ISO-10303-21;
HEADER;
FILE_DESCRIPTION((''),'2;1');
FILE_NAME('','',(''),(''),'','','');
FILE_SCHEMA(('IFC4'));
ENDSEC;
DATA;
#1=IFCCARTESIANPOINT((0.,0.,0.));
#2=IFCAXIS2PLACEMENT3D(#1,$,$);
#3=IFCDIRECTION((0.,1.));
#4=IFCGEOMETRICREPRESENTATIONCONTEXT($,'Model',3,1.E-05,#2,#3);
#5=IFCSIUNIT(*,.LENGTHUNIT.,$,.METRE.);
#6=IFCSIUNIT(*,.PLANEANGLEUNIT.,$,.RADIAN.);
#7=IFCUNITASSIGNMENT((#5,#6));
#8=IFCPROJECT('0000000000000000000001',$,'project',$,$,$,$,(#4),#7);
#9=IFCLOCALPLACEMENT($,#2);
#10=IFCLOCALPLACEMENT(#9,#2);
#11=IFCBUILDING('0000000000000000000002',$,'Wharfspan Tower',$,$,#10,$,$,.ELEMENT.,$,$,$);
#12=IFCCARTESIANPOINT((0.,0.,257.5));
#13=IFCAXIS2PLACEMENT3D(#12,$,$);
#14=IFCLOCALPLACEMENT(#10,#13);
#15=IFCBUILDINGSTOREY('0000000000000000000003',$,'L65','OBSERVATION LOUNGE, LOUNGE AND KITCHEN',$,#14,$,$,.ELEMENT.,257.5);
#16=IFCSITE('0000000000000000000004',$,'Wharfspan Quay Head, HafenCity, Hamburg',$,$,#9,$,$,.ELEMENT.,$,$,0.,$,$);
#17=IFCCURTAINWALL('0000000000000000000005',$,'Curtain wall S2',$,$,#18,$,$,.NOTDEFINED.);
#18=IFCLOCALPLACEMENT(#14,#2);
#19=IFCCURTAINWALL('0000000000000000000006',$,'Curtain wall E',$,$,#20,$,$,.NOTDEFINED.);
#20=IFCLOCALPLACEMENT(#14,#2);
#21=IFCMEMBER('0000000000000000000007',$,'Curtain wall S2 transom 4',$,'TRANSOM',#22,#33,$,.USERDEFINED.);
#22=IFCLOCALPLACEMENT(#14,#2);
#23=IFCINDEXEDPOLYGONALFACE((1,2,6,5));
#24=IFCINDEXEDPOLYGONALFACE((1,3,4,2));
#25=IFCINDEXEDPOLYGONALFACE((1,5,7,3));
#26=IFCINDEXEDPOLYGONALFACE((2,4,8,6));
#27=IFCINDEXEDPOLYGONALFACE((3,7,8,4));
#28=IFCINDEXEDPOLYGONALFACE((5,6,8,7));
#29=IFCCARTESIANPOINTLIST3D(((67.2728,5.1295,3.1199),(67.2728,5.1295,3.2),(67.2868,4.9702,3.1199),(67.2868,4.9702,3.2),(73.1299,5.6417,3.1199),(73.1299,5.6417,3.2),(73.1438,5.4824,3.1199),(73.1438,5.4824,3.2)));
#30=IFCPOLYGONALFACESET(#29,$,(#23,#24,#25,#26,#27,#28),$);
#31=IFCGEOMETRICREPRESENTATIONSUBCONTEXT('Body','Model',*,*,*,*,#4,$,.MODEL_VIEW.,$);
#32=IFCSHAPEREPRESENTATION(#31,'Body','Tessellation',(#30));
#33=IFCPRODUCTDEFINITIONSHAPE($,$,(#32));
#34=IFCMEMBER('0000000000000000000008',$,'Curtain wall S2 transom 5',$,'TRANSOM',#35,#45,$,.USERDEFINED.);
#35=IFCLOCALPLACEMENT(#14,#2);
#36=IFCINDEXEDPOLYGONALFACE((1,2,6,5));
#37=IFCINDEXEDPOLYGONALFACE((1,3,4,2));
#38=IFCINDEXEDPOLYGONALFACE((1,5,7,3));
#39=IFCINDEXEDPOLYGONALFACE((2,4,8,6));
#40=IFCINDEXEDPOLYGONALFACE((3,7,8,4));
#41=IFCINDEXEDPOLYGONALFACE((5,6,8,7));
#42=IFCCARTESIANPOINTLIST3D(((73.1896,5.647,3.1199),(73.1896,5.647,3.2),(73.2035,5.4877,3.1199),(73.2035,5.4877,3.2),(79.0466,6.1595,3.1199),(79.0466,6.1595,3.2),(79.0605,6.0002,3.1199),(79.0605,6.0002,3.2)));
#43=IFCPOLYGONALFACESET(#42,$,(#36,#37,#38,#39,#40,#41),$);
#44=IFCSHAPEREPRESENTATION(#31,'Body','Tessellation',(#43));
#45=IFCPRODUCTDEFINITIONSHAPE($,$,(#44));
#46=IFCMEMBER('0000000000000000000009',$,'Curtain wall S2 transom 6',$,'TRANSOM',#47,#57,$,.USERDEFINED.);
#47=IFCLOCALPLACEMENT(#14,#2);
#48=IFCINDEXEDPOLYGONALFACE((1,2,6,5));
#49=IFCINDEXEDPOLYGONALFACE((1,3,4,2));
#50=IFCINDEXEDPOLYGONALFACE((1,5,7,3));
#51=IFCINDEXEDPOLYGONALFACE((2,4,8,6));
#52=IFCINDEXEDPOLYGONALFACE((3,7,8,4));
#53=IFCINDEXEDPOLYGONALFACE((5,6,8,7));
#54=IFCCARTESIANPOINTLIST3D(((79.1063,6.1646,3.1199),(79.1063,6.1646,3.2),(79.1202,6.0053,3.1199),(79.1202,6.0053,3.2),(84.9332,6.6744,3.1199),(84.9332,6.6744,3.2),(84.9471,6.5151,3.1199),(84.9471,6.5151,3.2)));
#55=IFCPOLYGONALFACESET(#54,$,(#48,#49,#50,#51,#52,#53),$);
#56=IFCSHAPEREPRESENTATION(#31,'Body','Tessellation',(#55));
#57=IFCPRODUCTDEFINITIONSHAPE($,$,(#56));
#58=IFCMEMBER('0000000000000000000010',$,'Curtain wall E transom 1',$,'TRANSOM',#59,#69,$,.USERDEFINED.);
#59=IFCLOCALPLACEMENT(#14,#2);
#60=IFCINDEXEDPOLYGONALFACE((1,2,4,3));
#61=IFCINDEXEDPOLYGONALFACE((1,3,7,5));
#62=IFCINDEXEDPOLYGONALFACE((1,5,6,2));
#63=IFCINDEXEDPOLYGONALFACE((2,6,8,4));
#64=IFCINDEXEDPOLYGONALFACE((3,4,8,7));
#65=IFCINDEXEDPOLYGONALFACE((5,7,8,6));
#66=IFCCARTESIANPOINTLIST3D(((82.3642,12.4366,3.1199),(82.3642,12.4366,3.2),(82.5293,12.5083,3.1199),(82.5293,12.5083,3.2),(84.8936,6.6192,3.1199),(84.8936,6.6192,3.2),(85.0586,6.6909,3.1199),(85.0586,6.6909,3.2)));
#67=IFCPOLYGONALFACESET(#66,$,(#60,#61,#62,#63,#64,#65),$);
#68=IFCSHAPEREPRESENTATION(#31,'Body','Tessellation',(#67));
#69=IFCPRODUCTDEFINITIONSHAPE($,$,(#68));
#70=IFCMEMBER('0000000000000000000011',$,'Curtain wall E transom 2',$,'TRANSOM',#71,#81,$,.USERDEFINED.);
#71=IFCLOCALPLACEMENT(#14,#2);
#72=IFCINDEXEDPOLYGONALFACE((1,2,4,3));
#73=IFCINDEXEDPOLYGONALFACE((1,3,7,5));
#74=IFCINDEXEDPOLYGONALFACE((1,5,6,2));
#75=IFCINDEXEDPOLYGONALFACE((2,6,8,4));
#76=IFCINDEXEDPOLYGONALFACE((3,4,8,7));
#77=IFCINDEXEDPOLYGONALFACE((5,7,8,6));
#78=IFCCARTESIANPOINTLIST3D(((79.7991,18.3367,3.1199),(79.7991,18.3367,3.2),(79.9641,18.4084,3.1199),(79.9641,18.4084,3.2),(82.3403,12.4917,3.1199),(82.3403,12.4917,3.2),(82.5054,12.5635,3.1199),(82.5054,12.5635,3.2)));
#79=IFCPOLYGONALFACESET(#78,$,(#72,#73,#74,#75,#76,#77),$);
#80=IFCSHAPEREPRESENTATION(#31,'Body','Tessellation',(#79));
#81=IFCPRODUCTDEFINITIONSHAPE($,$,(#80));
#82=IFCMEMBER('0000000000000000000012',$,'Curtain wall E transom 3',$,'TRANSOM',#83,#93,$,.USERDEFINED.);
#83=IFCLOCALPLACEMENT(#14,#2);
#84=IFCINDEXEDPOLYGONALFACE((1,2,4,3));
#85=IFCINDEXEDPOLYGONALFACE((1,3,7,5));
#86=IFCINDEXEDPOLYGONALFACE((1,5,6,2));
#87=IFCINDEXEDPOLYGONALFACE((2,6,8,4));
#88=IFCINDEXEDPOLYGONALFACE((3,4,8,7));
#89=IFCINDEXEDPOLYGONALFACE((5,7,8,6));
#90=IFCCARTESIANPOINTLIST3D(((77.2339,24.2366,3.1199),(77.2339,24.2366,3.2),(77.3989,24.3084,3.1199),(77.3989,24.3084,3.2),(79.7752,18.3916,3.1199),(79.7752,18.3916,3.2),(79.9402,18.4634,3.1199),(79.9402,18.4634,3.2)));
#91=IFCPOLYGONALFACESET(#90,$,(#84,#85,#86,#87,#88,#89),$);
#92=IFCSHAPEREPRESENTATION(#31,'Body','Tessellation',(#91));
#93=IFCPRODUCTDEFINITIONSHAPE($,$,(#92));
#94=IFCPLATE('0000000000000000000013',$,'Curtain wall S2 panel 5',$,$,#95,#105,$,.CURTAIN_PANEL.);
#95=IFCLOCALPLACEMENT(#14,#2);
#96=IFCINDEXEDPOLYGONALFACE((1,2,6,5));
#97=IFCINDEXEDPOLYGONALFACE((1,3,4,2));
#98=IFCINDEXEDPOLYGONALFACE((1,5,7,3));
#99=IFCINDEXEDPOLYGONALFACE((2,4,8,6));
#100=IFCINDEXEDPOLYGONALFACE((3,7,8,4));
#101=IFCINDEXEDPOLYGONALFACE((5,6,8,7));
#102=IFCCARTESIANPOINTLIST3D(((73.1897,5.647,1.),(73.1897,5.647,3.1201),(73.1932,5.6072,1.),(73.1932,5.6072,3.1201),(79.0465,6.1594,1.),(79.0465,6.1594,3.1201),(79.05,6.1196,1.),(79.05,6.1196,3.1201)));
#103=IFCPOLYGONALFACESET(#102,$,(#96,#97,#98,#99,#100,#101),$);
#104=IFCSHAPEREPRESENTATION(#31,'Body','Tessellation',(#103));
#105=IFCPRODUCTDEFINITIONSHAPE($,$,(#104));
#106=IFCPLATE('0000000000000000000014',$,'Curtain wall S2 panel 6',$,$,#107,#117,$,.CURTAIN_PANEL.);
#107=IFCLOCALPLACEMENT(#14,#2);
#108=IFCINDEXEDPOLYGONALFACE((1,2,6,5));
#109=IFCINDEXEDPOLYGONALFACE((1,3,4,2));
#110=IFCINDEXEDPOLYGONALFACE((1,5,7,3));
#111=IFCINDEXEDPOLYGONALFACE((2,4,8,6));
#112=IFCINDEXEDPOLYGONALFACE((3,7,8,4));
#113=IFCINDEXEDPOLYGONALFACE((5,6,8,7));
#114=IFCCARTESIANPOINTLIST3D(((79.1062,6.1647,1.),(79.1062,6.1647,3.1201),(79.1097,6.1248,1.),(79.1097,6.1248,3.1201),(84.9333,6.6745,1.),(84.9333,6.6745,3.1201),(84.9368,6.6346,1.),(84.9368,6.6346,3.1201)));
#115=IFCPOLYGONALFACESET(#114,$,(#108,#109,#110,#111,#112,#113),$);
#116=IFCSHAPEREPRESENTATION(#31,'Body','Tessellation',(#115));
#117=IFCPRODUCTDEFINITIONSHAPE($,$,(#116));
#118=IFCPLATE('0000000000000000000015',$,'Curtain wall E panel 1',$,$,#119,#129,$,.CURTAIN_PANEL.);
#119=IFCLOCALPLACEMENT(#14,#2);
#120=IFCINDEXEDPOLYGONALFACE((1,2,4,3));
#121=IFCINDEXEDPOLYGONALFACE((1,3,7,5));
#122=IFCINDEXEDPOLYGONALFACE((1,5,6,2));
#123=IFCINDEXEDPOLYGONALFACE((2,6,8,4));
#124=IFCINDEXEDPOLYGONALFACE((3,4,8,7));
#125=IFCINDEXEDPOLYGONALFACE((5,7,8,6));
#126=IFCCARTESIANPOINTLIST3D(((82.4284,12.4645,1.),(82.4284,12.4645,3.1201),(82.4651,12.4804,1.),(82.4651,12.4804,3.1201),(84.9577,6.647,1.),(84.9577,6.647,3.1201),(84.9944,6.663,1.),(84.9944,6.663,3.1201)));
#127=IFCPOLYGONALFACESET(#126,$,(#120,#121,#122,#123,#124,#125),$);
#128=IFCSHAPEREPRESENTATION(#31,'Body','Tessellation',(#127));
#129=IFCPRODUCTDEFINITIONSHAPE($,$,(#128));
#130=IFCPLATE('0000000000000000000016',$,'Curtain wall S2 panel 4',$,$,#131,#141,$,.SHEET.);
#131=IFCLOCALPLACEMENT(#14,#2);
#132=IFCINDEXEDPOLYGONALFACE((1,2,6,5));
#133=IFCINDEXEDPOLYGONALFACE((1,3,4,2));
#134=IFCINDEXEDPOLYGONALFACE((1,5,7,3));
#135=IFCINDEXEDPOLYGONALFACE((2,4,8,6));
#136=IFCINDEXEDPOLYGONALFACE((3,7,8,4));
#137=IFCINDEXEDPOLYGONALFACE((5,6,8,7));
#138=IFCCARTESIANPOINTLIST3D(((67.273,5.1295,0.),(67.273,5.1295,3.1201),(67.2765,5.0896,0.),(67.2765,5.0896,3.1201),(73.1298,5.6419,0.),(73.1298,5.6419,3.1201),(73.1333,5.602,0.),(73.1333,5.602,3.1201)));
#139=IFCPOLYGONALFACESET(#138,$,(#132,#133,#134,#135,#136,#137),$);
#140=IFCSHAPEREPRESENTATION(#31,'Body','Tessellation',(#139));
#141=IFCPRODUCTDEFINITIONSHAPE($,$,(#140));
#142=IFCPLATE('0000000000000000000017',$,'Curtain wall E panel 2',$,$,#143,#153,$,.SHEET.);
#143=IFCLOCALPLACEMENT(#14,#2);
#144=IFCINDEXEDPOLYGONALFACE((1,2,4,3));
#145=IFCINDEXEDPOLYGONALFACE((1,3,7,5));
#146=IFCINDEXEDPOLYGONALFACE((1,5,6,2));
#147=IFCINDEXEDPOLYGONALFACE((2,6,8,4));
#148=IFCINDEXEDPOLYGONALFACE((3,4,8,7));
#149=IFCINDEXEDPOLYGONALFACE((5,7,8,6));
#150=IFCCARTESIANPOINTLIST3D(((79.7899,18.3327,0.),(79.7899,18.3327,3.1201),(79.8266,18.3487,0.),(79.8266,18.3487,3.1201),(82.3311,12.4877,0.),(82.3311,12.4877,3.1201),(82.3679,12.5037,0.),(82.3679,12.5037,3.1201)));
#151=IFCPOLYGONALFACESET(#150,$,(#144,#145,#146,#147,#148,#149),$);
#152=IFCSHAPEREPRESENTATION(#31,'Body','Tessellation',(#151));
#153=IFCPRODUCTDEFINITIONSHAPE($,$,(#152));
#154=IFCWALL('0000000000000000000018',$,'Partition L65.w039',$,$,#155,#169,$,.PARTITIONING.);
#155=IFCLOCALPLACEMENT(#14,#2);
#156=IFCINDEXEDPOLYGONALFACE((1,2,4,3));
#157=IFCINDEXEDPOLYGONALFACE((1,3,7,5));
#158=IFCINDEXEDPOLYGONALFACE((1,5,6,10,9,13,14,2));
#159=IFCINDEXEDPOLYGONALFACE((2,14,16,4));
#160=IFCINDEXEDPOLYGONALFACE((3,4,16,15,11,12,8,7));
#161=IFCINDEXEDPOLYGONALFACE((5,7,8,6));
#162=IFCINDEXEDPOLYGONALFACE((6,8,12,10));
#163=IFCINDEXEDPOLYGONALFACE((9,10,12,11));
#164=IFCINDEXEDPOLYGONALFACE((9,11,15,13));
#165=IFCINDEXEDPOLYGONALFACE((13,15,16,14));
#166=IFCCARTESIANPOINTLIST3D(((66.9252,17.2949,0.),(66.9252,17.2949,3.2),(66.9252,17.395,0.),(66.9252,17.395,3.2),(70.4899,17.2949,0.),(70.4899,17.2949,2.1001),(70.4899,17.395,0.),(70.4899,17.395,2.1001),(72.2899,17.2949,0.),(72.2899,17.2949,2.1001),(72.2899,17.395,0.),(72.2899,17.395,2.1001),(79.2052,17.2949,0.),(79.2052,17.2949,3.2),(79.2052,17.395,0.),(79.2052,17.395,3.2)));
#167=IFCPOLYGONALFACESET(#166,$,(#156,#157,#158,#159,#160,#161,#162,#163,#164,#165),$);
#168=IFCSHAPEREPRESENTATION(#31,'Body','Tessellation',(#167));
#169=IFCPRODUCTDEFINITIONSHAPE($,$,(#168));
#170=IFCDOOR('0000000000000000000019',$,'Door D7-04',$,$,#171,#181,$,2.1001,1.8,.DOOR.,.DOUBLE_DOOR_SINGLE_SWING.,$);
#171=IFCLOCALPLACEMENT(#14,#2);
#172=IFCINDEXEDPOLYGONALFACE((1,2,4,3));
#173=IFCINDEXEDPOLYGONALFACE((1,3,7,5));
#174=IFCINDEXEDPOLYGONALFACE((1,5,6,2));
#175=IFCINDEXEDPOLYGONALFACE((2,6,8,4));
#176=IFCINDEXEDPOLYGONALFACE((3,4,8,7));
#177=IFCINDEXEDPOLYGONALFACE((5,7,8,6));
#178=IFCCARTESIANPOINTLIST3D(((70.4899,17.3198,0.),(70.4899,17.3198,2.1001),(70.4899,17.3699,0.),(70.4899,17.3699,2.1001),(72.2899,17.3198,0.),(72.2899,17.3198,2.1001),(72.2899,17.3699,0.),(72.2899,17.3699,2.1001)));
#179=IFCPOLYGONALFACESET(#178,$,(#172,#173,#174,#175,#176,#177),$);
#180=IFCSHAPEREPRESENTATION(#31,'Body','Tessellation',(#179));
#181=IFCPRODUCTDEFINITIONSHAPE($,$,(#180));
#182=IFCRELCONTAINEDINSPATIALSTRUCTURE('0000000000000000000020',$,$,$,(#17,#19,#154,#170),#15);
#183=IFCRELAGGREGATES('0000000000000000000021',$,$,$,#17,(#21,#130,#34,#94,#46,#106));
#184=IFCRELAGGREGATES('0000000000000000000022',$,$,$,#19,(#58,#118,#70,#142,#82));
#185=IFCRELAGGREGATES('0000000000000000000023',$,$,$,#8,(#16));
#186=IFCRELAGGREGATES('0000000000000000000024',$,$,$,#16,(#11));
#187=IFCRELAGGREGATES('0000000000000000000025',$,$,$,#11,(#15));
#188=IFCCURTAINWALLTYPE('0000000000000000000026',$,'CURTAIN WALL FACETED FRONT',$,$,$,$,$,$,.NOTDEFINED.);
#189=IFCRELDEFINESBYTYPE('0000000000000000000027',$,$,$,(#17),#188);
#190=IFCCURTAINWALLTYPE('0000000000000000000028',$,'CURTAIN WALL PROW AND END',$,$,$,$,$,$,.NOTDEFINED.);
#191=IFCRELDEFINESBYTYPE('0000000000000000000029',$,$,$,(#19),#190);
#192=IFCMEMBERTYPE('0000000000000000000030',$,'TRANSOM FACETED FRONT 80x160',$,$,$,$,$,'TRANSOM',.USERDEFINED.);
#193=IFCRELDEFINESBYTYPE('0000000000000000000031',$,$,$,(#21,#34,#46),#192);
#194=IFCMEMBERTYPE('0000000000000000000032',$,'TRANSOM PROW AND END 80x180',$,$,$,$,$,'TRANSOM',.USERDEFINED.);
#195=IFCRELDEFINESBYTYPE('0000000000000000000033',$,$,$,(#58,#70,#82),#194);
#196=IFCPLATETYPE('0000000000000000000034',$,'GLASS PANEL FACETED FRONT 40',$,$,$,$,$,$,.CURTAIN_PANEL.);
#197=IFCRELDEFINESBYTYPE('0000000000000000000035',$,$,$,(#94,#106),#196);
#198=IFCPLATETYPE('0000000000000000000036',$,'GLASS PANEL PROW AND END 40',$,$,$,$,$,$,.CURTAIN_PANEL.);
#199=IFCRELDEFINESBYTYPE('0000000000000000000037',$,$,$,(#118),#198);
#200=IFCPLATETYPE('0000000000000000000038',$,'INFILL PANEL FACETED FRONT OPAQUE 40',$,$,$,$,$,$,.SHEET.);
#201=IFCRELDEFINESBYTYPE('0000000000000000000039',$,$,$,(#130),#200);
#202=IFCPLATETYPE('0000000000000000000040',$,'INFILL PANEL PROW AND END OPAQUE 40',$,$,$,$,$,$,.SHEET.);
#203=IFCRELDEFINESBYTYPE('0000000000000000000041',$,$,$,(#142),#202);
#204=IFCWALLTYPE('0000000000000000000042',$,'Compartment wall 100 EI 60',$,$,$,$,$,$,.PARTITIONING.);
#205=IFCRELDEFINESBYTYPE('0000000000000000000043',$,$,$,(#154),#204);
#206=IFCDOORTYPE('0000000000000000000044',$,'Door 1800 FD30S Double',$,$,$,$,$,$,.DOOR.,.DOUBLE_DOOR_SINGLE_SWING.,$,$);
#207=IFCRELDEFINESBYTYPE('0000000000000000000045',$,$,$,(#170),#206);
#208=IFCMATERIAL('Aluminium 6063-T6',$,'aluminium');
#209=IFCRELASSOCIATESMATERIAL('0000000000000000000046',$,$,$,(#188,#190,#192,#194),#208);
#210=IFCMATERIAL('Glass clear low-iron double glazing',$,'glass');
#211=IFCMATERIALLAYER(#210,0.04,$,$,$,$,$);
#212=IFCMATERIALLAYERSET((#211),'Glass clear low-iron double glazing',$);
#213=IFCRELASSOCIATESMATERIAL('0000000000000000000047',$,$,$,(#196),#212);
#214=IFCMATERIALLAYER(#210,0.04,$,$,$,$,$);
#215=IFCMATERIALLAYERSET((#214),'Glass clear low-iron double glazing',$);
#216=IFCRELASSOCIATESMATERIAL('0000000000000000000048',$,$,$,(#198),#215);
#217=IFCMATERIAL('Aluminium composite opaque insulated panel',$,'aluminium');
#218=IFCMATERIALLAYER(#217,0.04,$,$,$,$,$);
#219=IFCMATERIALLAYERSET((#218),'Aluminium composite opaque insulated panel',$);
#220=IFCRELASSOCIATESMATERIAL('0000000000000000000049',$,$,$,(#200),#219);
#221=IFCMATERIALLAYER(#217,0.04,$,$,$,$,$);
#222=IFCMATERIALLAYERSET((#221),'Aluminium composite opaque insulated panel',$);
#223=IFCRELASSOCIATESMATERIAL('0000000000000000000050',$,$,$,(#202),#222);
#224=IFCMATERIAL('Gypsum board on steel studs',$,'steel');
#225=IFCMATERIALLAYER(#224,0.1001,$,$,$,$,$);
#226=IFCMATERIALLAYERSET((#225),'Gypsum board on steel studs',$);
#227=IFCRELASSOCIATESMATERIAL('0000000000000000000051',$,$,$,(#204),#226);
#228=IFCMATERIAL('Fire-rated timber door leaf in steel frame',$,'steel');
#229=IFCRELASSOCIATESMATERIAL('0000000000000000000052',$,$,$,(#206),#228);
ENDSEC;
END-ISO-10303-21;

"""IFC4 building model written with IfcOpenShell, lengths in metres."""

from ifc_helpers import new_model, si_unit, direction, frame, frame_2d, origin, origin_2d, place, context, subcontext, project, spatial, rectangle, extrude, material, layer, layer_set, material_profile, profile_set, type_object, element, fill, aggregate, save


model = new_model("IFC4")

# Units and contexts
model_context = context("Model", 3, precision=1e-05, world=origin(), true_north=direction((0.0, 1.0)))
body_context = subcontext(model_context, "Body", "Model", "MODEL_VIEW")
ifc_project = project(units=[si_unit("LENGTHUNIT", "METRE"), si_unit("PLANEANGLEUNIT", "RADIAN")], contexts=[model_context])

# Site, building, storey
site_placement = place(None, origin())
site = spatial("IfcSite", under=ifc_project, at=site_placement, Name="Wharfspan Quay Head, HafenCity, Hamburg", CompositionType="ELEMENT", RefElevation=0.0)
building_placement = place(site_placement, origin())
building = spatial("IfcBuilding", under=site, at=building_placement, Name="Wharfspan Tower", CompositionType="ELEMENT")
storey_placement = place(building_placement, frame((0.0, 0.0, 257.5)))
storey = spatial("IfcBuildingStorey", under=building, at=storey_placement, Name="L65", Description="OBSERVATION LOUNGE, LOUNGE AND KITCHEN", CompositionType="ELEMENT", Elevation=257.5)

# Curtain walls
ifc_material_1 = material(Name="Aluminium 6063-T6", Category="aluminium")
curtain_wall_type_1 = type_object("IfcCurtainWallType", Name="CURTAIN WALL FACETED FRONT", PredefinedType="NOTDEFINED", material=ifc_material_1)
curtain_wall_1_placement = place(storey_placement, origin())
curtain_wall_1 = element("IfcCurtainWall", 1, at=curtain_wall_1_placement, inside=storey, type_object=curtain_wall_type_1, Name="Curtain wall S2", PredefinedType="NOTDEFINED")
curtain_wall_type_2 = type_object("IfcCurtainWallType", Name="CURTAIN WALL PROW AND END", PredefinedType="NOTDEFINED", material=ifc_material_1)
curtain_wall_2_placement = place(storey_placement, origin())
curtain_wall_2 = element("IfcCurtainWall", 2, at=curtain_wall_2_placement, inside=storey, type_object=curtain_wall_type_2, Name="Curtain wall E", PredefinedType="NOTDEFINED")

# Members
ifc_material_profile_1 = material_profile(ifc_material_1, rectangle(XDim=0.1599, YDim=0.0801, at=origin_2d()))
ifc_profile_set_1 = profile_set([ifc_material_profile_1], Name="Aluminium 6063-T6")
member_type_1 = type_object("IfcMemberType", Name="TRANSOM FACETED FRONT 80x160", ElementType="TRANSOM", PredefinedType="USERDEFINED", material=ifc_profile_set_1)
member_1_placement = place(storey_placement, frame((67.2798, 5.0498, 3.1599), z_axis=(0.996198, 0.087121, 0.0), x_axis=(-0.087121, 0.996198, 0.0)))
member_1 = element("IfcMember", 3, at=member_1_placement, type_object=member_type_1, Name="Curtain wall S2 transom 4", ObjectType="TRANSOM", PredefinedType="USERDEFINED", context=body_context, shape_type="SweptSolid", body=[
    extrude(rectangle(XDim=0.1599, YDim=0.0801, at=origin_2d()), origin(), (0.0, 0.0, 1.0), 5.8794),
])
member_2_placement = place(storey_placement, frame((73.1965, 5.5674, 3.1599), z_axis=(0.996194, 0.087162, 0.0), x_axis=(-0.087162, 0.996194, 0.0)))
member_2 = element("IfcMember", 4, at=member_2_placement, type_object=member_type_1, Name="Curtain wall S2 transom 5", ObjectType="TRANSOM", PredefinedType="USERDEFINED", context=body_context, shape_type="SweptSolid", body=[
    extrude(rectangle(XDim=0.1599, YDim=0.0801, at=origin_2d()), origin(), (0.0, 0.0, 1.0), 5.8794),
])
member_3_placement = place(storey_placement, frame((79.1133, 6.085, 3.1599), z_axis=(0.996195, 0.087152, 0.0), x_axis=(-0.087152, 0.996195, 0.0)))
member_3 = element("IfcMember", 5, at=member_3_placement, type_object=member_type_1, Name="Curtain wall S2 transom 6", ObjectType="TRANSOM", PredefinedType="USERDEFINED", context=body_context, shape_type="SweptSolid", body=[
    extrude(rectangle(XDim=0.1599, YDim=0.0801, at=origin_2d()), origin(), (0.0, 0.0, 1.0), 5.8491),
])
ifc_material_profile_2 = material_profile(ifc_material_1, rectangle(XDim=0.1799, YDim=0.0801, at=origin_2d()))
ifc_profile_set_2 = profile_set([ifc_material_profile_2], Name="Aluminium 6063-T6")
member_type_2 = type_object("IfcMemberType", Name="TRANSOM PROW AND END 80x180", ElementType="TRANSOM", PredefinedType="USERDEFINED", material=ifc_profile_set_2)
member_4_placement = place(storey_placement, frame((84.9761, 6.655, 3.1599), z_axis=(-0.398726, 0.91707, 0.0), x_axis=(-0.91707, -0.398726, 0.0)))
member_4 = element("IfcMember", 6, at=member_4_placement, type_object=member_type_2, Name="Curtain wall E transom 1", ObjectType="TRANSOM", PredefinedType="USERDEFINED", context=body_context, shape_type="SweptSolid", body=[
    extrude(rectangle(XDim=0.1799, YDim=0.0801, at=origin_2d()), origin(), (0.0, 0.0, 1.0), 6.3435),
])
member_5_placement = place(storey_placement, frame((82.4229, 12.5276, 3.1599), z_axis=(-0.398722, 0.917072, 0.0), x_axis=(-0.917072, -0.398722, 0.0)))
member_5 = element("IfcMember", 7, at=member_5_placement, type_object=member_type_2, Name="Curtain wall E transom 2", ObjectType="TRANSOM", PredefinedType="USERDEFINED", context=body_context, shape_type="SweptSolid", body=[
    extrude(rectangle(XDim=0.1799, YDim=0.0801, at=origin_2d()), origin(), (0.0, 0.0, 1.0), 6.3735),
])
member_6_placement = place(storey_placement, frame((79.8577, 18.4275, 3.1599), z_axis=(-0.398722, 0.917072, 0.0), x_axis=(-0.917072, -0.398722, 0.0)))
member_6 = element("IfcMember", 8, at=member_6_placement, type_object=member_type_2, Name="Curtain wall E transom 3", ObjectType="TRANSOM", PredefinedType="USERDEFINED", context=body_context, shape_type="SweptSolid", body=[
    extrude(rectangle(XDim=0.1799, YDim=0.0801, at=origin_2d()), origin(), (0.0, 0.0, 1.0), 6.3735),
])

# Plates
ifc_material_2 = material(Name="Glass clear low-iron double glazing", Category="glass")
ifc_layer_1 = layer(ifc_material_2, 0.04)
ifc_layer_set_1 = layer_set([ifc_layer_1], Name="Glass clear low-iron double glazing")
plate_type_1 = type_object("IfcPlateType", Name="GLASS PANEL FACETED FRONT 40", PredefinedType="CURTAIN_PANEL", material=ifc_layer_set_1)
plate_1_placement = place(storey_placement, frame((76.1199, 5.8833, 1.0), z_axis=(0.0, 0.0, 1.0), x_axis=(0.996197, 0.087156, 0.0)))
plate_1 = element("IfcPlate", 9, at=plate_1_placement, type_object=plate_type_1, Name="Curtain wall S2 panel 5", PredefinedType="CURTAIN_PANEL", context=body_context, shape_type="SweptSolid", body=[
    extrude(rectangle(XDim=5.8792, YDim=0.04, at=origin_2d()), origin(), (0.0, 0.0, 1.0), 2.1201),
])
plate_2_placement = place(storey_placement, frame((82.0215, 6.3997, 1.0), z_axis=(0.0, 0.0, 1.0), x_axis=(0.996197, 0.087156, 0.0)))
plate_2 = element("IfcPlate", 10, at=plate_2_placement, type_object=plate_type_1, Name="Curtain wall S2 panel 6", PredefinedType="CURTAIN_PANEL", context=body_context, shape_type="SweptSolid", body=[
    extrude(rectangle(XDim=5.8494, YDim=0.04, at=origin_2d()), origin(), (0.0, 0.0, 1.0), 2.1201),
])
ifc_layer_2 = layer(ifc_material_2, 0.04)
ifc_layer_set_2 = layer_set([ifc_layer_2], Name="Glass clear low-iron double glazing")
plate_type_2 = type_object("IfcPlateType", Name="GLASS PANEL PROW AND END 40", PredefinedType="CURTAIN_PANEL", material=ifc_layer_set_2)
plate_3_placement = place(storey_placement, frame((83.7114, 9.5637, 1.0), z_axis=(0.0, 0.0, 1.0), x_axis=(-0.398727, 0.917072, 0.0)))
plate_3 = element("IfcPlate", 11, at=plate_3_placement, type_object=plate_type_2, Name="Curtain wall E panel 1", PredefinedType="CURTAIN_PANEL", context=body_context, shape_type="SweptSolid", body=[
    extrude(rectangle(XDim=6.3435, YDim=0.04, at=origin_2d()), origin(), (0.0, 0.0, 1.0), 2.1201),
])
ifc_material_3 = material(Name="Aluminium composite opaque insulated panel", Category="aluminium")
ifc_layer_3 = layer(ifc_material_3, 0.04)
ifc_layer_set_3 = layer_set([ifc_layer_3], Name="Aluminium composite opaque insulated panel")
plate_type_3 = type_object("IfcPlateType", Name="INFILL PANEL FACETED FRONT OPAQUE 40", PredefinedType="SHEET", material=ifc_layer_set_3)
plate_4_placement = place(storey_placement, frame((70.2031, 5.3657, 0.0), z_axis=(0.0, 0.0, 1.0), x_axis=(0.996197, 0.087156, 0.0)))
plate_4 = element("IfcPlate", 12, at=plate_4_placement, type_object=plate_type_3, Name="Curtain wall S2 panel 4", PredefinedType="SHEET", context=body_context, shape_type="SweptSolid", body=[
    extrude(rectangle(XDim=5.8792, YDim=0.04, at=origin_2d()), origin(), (0.0, 0.0, 1.0), 3.1201),
])
aggregate(curtain_wall_1, [member_1, plate_4, member_2, plate_1, member_3, plate_2])
ifc_layer_4 = layer(ifc_material_3, 0.04)
ifc_layer_set_4 = layer_set([ifc_layer_4], Name="Aluminium composite opaque insulated panel")
plate_type_4 = type_object("IfcPlateType", Name="INFILL PANEL PROW AND END OPAQUE 40", PredefinedType="SHEET", material=ifc_layer_set_4)
plate_5_placement = place(storey_placement, frame((81.0789, 15.4182, 0.0), z_axis=(0.0, 0.0, 1.0), x_axis=(-0.398727, 0.917072, 0.0)))
plate_5 = element("IfcPlate", 13, at=plate_5_placement, type_object=plate_type_4, Name="Curtain wall E panel 2", PredefinedType="SHEET", context=body_context, shape_type="SweptSolid", body=[
    extrude(rectangle(XDim=6.3735, YDim=0.04, at=origin_2d()), origin(), (0.0, 0.0, 1.0), 3.1201),
])
aggregate(curtain_wall_2, [member_4, plate_3, member_5, plate_5, member_6])

# Wall, opening, door
ifc_material_4 = material(Name="Gypsum board on steel studs", Category="steel")
ifc_layer_5 = layer(ifc_material_4, 0.1001)
ifc_layer_set_5 = layer_set([ifc_layer_5], Name="Gypsum board on steel studs")
wall_type_1 = type_object("IfcWallType", Name="Compartment wall 100 EI 60", PredefinedType="PARTITIONING", material=ifc_layer_set_5)
wall_1_placement = place(storey_placement, frame((66.925, 17.345, 0.0), z_axis=(0.0, 0.0, 1.0), x_axis=(1.0, 0.0, 0.0)))
wall_1 = element("IfcWall", 14, at=wall_1_placement, inside=storey, type_object=wall_type_1, Name="Partition L65.w039", PredefinedType="PARTITIONING", context=body_context, shape_type="SweptSolid", body=[
    extrude(rectangle(XDim=12.28, YDim=0.1001, at=frame_2d((6.1401, 0.0))), origin(), (0.0, 0.0, 1.0), 3.2),
])
opening_placement = place(wall_1_placement, frame((3.5649, 0.0, 0.0)))
opening = element("IfcOpeningElement", 15, at=opening_placement, cuts=wall_1, PredefinedType="OPENING", context=body_context, shape_type="SweptSolid", body=[
    extrude(rectangle(XDim=1.8, YDim=2.1001, at=frame_2d((0.8999, 1.05))), frame((0.0, 0.0601, 0.0), z_axis=(0.0, -1.0, 0.0), x_axis=(1.0, 0.0, 0.0)), (0.0, 0.0, 1.0), 0.1201),
])
ifc_material_5 = material(Name="Fire-rated timber door leaf in steel frame", Category="steel")
door_type = type_object("IfcDoorType", Name="Door 1800 FD30S Double", OperationType="DOUBLE_DOOR_SINGLE_SWING", PredefinedType="DOOR", material=ifc_material_5)
door_placement = place(opening_placement, origin())
door = element("IfcDoor", 16, at=door_placement, inside=storey, type_object=door_type, Name="Door D7-04", OperationType="DOUBLE_DOOR_SINGLE_SWING", OverallHeight=2.1001, OverallWidth=1.8, PredefinedType="DOOR", context=body_context, shape_type="SweptSolid", body=[
    extrude(rectangle(XDim=1.8, YDim=2.1001, at=frame_2d((0.8999, 1.05))), frame((0.0, 0.0249, 0.0), z_axis=(0.0, -1.0, 0.0), x_axis=(1.0, 0.0, 0.0)), (0.0, 0.0, 1.0), 0.05),
])
fill(opening, door)

save(model, "model.ifc")
